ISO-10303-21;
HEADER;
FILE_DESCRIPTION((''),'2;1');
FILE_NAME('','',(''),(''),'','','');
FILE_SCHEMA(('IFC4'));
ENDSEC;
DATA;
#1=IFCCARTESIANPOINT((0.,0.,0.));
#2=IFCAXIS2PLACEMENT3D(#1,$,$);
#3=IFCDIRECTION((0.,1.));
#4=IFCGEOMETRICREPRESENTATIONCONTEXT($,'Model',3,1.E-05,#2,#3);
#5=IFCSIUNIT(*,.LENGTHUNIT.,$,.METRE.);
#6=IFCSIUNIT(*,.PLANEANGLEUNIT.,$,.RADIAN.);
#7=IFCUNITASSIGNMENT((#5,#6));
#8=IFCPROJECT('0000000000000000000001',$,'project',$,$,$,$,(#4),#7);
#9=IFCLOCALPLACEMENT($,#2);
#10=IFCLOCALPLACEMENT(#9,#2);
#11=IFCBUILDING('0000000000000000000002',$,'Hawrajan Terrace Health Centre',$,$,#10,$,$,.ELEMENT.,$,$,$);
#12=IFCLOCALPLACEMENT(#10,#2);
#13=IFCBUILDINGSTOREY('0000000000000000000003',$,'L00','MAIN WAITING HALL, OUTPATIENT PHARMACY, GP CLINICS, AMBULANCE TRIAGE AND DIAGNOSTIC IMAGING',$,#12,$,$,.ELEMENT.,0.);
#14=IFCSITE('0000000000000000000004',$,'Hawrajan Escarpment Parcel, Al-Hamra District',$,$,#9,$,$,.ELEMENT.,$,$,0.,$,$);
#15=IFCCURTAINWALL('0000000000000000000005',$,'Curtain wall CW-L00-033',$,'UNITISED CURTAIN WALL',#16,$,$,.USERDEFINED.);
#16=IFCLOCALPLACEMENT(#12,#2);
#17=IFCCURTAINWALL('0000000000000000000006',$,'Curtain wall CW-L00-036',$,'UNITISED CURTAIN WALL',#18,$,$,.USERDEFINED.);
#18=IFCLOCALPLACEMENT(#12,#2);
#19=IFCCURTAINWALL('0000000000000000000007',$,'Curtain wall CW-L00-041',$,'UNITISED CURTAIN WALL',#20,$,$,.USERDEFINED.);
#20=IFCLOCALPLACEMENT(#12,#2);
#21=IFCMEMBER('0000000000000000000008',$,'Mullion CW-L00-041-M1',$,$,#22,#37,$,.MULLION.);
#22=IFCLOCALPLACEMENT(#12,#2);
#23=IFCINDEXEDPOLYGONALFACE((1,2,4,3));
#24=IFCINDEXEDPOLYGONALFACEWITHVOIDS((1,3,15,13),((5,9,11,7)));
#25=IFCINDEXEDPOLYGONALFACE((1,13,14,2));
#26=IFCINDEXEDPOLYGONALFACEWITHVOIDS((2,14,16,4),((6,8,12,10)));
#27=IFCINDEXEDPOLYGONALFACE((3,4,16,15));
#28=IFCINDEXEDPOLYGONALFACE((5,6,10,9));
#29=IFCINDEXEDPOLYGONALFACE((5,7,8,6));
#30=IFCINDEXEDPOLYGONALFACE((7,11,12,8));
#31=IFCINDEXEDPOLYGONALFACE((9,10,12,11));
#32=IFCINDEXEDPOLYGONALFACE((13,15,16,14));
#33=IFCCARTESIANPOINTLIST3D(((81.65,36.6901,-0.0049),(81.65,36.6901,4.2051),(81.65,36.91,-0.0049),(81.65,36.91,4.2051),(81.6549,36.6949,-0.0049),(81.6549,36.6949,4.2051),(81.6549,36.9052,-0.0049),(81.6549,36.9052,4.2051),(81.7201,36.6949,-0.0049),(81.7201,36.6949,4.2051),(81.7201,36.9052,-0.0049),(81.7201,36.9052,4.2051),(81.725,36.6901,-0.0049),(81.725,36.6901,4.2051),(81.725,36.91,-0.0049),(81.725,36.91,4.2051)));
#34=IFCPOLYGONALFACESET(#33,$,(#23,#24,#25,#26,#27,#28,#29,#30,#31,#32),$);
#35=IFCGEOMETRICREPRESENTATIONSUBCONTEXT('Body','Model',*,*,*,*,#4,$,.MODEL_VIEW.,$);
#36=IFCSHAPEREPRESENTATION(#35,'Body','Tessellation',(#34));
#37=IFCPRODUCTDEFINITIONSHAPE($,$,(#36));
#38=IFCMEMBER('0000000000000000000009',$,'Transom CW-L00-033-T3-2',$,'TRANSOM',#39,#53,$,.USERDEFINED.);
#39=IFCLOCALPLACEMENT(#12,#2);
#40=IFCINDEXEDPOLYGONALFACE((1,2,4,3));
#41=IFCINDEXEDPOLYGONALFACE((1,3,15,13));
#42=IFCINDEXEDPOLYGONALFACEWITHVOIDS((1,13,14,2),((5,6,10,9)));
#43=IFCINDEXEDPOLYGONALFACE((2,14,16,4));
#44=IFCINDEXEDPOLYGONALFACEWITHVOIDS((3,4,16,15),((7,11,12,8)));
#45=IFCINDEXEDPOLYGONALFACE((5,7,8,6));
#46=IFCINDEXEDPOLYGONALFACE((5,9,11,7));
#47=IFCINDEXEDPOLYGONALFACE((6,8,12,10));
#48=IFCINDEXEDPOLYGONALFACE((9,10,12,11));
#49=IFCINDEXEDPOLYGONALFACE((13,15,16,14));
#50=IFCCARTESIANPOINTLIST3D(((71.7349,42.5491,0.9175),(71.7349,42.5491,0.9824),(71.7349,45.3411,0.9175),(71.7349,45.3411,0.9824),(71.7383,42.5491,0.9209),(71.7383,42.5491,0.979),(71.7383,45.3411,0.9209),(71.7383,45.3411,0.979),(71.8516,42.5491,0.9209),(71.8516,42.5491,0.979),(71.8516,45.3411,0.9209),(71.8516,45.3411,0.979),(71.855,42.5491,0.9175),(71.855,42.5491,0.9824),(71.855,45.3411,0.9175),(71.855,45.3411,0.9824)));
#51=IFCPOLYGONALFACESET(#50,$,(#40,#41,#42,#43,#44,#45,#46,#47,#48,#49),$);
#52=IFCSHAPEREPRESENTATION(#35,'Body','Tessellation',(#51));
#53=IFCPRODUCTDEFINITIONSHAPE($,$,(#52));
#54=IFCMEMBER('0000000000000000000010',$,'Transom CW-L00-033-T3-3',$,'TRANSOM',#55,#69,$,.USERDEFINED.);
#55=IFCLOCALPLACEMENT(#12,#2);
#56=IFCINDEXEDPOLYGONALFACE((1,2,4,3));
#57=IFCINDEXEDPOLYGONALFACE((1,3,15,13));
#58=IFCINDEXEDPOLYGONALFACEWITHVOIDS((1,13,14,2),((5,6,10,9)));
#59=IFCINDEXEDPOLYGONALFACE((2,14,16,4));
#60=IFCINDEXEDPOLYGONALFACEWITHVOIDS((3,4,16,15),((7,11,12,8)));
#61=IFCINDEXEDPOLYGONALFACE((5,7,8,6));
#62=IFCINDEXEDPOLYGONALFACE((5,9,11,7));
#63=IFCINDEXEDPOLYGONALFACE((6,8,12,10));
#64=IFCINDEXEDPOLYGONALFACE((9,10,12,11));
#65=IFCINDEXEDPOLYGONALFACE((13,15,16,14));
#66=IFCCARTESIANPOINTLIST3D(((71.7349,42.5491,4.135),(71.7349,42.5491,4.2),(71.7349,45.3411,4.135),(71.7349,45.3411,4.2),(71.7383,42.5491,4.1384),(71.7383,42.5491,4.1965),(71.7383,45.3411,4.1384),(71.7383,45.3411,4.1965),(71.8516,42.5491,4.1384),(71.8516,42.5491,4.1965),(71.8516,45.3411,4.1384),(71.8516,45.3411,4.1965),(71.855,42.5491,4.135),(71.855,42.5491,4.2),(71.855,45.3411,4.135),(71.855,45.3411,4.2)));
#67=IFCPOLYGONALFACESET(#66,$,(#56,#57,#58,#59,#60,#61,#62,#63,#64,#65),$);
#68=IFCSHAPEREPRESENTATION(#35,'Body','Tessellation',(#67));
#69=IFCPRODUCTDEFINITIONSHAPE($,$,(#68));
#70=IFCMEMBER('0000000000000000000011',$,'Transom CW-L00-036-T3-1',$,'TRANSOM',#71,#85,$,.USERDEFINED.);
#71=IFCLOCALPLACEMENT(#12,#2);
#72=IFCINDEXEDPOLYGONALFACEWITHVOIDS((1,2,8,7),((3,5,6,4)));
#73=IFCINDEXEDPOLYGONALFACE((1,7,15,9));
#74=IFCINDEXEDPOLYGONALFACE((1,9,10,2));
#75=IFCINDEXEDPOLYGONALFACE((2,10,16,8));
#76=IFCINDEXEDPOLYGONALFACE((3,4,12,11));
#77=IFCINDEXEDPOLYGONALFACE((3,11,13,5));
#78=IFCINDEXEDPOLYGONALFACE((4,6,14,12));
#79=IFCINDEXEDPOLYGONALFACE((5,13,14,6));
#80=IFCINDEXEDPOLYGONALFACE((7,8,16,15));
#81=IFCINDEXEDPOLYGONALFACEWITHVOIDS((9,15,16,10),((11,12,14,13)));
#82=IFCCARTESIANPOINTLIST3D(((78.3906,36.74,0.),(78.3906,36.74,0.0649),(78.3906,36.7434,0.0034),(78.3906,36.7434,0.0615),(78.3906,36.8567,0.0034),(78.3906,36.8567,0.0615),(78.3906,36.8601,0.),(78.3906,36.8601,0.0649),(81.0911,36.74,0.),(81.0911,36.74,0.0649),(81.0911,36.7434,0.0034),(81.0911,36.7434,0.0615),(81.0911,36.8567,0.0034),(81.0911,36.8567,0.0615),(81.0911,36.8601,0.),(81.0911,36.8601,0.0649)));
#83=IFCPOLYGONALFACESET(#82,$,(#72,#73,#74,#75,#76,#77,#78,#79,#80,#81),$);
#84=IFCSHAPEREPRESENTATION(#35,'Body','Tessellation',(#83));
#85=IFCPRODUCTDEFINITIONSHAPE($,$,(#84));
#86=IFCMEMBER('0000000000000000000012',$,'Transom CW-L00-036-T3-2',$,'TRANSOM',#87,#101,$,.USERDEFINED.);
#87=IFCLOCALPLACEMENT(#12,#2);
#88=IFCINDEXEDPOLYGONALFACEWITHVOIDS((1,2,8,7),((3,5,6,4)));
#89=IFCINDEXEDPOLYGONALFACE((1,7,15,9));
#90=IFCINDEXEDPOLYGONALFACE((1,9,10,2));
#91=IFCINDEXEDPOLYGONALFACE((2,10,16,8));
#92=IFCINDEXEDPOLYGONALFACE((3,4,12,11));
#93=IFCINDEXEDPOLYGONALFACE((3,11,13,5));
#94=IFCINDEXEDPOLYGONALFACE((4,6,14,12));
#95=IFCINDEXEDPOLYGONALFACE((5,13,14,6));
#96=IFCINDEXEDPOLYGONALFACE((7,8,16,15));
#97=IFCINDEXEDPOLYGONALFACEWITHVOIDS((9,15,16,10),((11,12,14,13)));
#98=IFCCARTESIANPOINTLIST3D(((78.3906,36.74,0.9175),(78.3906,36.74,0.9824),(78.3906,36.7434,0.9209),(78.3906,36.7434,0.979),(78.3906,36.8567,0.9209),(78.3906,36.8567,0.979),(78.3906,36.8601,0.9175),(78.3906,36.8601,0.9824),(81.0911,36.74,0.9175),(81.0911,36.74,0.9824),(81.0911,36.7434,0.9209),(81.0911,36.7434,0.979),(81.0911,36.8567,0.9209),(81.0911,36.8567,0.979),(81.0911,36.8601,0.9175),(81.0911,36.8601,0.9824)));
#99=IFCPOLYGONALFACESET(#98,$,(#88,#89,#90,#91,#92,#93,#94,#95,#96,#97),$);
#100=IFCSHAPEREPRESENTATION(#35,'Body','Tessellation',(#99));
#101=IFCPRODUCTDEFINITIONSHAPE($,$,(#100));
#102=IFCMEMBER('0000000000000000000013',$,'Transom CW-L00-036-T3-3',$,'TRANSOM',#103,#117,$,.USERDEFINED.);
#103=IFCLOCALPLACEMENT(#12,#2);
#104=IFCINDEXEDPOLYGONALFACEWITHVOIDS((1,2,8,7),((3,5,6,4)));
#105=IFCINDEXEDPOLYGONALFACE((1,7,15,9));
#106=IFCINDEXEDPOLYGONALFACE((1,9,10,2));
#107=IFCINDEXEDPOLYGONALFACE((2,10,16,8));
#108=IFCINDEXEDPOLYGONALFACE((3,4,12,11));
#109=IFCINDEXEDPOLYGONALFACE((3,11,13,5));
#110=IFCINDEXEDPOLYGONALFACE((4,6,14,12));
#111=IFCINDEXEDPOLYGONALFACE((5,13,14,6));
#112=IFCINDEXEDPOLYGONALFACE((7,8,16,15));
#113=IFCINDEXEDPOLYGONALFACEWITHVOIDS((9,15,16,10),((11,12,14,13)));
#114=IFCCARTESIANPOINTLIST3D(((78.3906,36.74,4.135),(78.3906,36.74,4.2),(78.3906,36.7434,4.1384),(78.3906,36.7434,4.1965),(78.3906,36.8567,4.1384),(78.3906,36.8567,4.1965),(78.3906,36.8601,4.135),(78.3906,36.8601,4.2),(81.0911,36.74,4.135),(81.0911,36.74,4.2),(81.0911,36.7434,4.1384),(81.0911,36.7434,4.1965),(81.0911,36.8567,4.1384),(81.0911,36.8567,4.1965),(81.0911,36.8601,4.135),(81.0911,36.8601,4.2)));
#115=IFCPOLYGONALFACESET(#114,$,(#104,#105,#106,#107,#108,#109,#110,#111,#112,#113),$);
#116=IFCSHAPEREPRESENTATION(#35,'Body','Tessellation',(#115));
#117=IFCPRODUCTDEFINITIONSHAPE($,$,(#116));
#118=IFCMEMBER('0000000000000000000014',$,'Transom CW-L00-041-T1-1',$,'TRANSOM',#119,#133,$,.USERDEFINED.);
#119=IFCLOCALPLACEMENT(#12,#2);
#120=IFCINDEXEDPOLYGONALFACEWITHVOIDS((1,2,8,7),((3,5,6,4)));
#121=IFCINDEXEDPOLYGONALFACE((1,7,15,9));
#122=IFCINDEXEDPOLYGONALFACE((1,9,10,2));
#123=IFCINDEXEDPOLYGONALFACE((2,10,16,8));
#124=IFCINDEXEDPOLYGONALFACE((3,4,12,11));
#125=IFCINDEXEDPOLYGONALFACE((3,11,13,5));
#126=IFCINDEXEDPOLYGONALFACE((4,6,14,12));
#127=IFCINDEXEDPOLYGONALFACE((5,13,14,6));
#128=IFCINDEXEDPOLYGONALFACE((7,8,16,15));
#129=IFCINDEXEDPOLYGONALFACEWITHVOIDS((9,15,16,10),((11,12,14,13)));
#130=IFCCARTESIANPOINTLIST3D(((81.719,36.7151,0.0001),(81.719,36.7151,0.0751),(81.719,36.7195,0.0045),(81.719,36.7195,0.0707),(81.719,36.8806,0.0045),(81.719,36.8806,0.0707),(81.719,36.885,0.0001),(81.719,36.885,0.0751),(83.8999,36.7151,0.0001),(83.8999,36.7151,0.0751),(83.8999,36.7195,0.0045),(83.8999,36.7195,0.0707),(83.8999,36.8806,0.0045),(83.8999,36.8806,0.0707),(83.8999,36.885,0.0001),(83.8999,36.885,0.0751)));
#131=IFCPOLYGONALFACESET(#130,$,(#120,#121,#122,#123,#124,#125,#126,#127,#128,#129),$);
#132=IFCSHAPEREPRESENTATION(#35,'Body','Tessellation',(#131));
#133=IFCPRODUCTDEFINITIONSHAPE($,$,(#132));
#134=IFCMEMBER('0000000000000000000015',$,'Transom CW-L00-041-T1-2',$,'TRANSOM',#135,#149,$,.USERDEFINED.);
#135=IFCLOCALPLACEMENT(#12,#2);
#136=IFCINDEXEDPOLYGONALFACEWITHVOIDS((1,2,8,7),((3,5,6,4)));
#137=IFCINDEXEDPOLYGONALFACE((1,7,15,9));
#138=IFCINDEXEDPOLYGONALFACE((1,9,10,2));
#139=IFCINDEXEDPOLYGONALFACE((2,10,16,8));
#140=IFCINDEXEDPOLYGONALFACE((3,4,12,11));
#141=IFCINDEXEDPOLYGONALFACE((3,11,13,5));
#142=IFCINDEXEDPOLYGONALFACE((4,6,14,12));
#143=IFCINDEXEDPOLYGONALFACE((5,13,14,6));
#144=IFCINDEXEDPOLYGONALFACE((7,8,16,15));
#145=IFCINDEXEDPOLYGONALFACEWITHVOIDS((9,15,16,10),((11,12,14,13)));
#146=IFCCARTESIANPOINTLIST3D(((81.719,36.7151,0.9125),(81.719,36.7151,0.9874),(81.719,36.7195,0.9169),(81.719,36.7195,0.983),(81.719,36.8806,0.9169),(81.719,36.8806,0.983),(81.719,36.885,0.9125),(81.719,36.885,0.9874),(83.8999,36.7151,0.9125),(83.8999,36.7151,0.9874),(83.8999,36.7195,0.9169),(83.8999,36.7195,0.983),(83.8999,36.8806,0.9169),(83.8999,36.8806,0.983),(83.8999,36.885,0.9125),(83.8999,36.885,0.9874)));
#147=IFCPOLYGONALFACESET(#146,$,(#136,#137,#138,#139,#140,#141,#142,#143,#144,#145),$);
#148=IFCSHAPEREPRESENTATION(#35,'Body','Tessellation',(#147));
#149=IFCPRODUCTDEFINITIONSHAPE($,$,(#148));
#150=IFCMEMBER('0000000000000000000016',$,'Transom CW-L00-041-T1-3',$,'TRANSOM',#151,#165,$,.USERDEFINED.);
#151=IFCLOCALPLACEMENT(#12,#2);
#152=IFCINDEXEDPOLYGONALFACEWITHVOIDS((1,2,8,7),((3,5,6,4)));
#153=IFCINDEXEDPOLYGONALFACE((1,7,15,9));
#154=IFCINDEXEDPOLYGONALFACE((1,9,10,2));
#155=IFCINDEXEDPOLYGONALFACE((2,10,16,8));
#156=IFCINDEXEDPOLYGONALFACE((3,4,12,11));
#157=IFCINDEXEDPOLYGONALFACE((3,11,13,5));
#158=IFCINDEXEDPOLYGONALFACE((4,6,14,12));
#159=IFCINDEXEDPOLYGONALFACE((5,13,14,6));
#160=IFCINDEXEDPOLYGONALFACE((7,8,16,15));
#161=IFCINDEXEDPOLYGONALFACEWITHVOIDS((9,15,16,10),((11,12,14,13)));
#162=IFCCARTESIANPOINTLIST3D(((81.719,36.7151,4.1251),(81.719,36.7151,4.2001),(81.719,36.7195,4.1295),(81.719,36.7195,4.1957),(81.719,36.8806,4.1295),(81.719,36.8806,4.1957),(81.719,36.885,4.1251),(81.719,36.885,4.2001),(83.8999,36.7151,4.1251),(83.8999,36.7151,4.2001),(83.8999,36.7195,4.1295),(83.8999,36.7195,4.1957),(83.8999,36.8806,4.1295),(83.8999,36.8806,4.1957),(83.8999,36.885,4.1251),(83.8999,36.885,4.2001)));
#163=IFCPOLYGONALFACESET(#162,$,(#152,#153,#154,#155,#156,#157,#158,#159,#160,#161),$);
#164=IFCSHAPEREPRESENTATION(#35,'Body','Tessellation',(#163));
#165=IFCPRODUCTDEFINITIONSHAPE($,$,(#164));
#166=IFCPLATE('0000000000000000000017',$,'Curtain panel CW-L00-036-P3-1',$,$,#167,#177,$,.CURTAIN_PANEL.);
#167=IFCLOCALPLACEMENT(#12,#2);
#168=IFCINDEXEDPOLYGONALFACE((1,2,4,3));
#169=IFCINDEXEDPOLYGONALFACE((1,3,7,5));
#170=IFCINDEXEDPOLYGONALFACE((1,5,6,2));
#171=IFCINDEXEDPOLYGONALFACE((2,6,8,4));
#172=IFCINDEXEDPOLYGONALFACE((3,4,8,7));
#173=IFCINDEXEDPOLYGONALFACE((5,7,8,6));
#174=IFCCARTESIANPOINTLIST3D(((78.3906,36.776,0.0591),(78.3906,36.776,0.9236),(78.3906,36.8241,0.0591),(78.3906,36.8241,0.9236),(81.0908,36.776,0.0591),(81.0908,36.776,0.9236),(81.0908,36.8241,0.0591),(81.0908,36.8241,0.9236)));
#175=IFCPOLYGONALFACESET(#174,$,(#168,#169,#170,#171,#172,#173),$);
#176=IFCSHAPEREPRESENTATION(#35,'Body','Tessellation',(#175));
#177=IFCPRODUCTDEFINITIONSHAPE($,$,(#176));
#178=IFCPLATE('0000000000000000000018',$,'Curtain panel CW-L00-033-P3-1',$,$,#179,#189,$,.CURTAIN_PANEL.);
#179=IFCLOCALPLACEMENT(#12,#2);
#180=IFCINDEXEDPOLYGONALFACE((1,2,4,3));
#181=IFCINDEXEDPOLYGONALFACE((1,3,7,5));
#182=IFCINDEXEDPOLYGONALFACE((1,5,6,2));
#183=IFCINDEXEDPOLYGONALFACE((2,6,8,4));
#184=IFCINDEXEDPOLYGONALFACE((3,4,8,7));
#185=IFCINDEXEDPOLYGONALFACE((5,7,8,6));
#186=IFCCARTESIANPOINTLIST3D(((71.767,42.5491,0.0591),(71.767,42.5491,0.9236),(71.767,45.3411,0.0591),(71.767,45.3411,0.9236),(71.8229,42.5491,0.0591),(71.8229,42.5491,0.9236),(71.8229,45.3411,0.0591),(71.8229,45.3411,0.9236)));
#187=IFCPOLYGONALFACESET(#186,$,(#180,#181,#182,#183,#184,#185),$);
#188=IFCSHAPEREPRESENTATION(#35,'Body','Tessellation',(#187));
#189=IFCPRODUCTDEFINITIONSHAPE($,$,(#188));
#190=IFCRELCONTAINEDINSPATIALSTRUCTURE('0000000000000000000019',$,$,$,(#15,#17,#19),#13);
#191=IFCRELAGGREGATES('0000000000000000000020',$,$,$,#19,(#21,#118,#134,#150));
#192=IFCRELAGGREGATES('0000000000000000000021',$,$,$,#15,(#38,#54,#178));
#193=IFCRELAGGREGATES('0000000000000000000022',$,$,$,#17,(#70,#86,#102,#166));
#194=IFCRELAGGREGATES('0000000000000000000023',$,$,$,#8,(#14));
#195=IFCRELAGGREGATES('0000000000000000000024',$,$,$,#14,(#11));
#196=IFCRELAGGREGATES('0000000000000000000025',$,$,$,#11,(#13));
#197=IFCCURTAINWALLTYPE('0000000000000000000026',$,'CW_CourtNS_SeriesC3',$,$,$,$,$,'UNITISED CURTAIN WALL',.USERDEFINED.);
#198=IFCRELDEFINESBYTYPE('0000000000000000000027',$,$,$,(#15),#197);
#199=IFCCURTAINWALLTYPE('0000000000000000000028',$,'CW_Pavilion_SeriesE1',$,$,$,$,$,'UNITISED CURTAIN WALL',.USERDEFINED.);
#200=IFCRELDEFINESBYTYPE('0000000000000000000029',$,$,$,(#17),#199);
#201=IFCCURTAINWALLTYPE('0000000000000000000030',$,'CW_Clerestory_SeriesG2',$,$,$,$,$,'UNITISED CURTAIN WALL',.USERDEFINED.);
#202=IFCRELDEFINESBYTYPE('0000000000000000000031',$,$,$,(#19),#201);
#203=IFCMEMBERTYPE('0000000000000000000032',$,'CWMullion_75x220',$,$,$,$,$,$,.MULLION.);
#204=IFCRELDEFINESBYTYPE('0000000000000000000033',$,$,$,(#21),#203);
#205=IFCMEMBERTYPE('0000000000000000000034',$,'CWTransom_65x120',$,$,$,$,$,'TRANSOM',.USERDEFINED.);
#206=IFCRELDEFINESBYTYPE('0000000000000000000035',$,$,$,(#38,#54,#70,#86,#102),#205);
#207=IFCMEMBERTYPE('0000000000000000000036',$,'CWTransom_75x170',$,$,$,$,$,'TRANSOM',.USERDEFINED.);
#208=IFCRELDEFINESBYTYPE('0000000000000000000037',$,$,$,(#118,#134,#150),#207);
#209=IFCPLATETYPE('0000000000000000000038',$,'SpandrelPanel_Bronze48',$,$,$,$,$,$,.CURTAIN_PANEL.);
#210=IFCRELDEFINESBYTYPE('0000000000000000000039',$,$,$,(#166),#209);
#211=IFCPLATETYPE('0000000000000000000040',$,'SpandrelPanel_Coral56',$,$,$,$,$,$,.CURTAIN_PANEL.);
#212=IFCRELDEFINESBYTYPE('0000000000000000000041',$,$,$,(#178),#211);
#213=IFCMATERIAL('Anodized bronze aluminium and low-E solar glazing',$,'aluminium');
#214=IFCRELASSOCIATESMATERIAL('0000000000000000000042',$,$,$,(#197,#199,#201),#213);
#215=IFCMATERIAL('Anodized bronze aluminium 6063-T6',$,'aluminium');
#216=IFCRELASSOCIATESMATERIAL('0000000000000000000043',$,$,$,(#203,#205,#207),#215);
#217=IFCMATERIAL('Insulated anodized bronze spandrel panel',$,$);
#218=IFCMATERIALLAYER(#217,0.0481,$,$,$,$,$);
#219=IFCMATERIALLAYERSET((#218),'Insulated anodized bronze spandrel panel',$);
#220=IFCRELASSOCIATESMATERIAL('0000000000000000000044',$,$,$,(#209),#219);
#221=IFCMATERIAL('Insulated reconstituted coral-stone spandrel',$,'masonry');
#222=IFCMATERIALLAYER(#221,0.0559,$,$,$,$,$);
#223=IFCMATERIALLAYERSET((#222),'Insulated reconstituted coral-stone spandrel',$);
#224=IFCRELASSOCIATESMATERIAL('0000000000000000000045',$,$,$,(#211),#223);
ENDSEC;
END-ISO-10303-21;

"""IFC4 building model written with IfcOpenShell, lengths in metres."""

from ifc_helpers import new_model, si_unit, direction, frame, origin, origin_2d, place, context, subcontext, project, spatial, rectangle, hollow_rectangle, extrude, material, layer, layer_set, material_profile, profile_set, type_object, element, aggregate, save


model = new_model("IFC4")

# Units and contexts
model_context = context("Model", 3, precision=1e-05, world=origin(), true_north=direction((0.0, 1.0)))
body_context = subcontext(model_context, "Body", "Model", "MODEL_VIEW")
ifc_project = project(units=[si_unit("LENGTHUNIT", "METRE"), si_unit("PLANEANGLEUNIT", "RADIAN")], contexts=[model_context])

# Site, building, storey
site_placement = place(None, origin())
site = spatial("IfcSite", under=ifc_project, at=site_placement, Name="Hawrajan Escarpment Parcel, Al-Hamra District", CompositionType="ELEMENT", RefElevation=0.0)
building_placement = place(site_placement, origin())
building = spatial("IfcBuilding", under=site, at=building_placement, Name="Hawrajan Terrace Health Centre", CompositionType="ELEMENT")
storey_placement = place(building_placement, origin())
storey = spatial("IfcBuildingStorey", under=building, at=storey_placement, Name="L00", Description="MAIN WAITING HALL, OUTPATIENT PHARMACY, GP CLINICS, AMBULANCE TRIAGE AND DIAGNOSTIC IMAGING", CompositionType="ELEMENT", Elevation=0.0)

# Curtain wall
ifc_material_1 = material(Name="Anodized bronze aluminium and low-E solar glazing", Category="aluminium")
curtain_wall_type_1 = type_object("IfcCurtainWallType", Name="CW_CourtNS_SeriesC3", ElementType="UNITISED CURTAIN WALL", PredefinedType="USERDEFINED", material=ifc_material_1)
curtain_wall_1_placement = place(storey_placement, origin())
curtain_wall_1 = element("IfcCurtainWall", 1, at=curtain_wall_1_placement, inside=storey, type_object=curtain_wall_type_1, Name="Curtain wall CW-L00-033", ObjectType="UNITISED CURTAIN WALL", PredefinedType="USERDEFINED")
ifc_material_2 = material(Name="Anodized bronze aluminium 6063-T6", Category="aluminium")

# Curtain wall
curtain_wall_type_2 = type_object("IfcCurtainWallType", Name="CW_Pavilion_SeriesE1", ElementType="UNITISED CURTAIN WALL", PredefinedType="USERDEFINED", material=ifc_material_1)
curtain_wall_2_placement = place(storey_placement, origin())
curtain_wall_2 = element("IfcCurtainWall", 2, at=curtain_wall_2_placement, inside=storey, type_object=curtain_wall_type_2, Name="Curtain wall CW-L00-036", ObjectType="UNITISED CURTAIN WALL", PredefinedType="USERDEFINED")

# Curtain wall, member
curtain_wall_type_3 = type_object("IfcCurtainWallType", Name="CW_Clerestory_SeriesG2", ElementType="UNITISED CURTAIN WALL", PredefinedType="USERDEFINED", material=ifc_material_1)
curtain_wall_3_placement = place(storey_placement, origin())
curtain_wall_3 = element("IfcCurtainWall", 3, at=curtain_wall_3_placement, inside=storey, type_object=curtain_wall_type_3, Name="Curtain wall CW-L00-041", ObjectType="UNITISED CURTAIN WALL", PredefinedType="USERDEFINED")
ifc_material_profile_1 = material_profile(ifc_material_2, hollow_rectangle(XDim=0.075, YDim=0.22, WallThickness=0.0049, at=origin_2d()), Name="CW MUL 75x220")
ifc_profile_set_1 = profile_set([ifc_material_profile_1], Name="Anodized bronze aluminium 6063-T6")
member_type_1 = type_object("IfcMemberType", Name="CWMullion_75x220", PredefinedType="MULLION", material=ifc_profile_set_1)
member_1_placement = place(storey_placement, frame((81.6875, 36.8, -0.0049), z_axis=(0.0, 0.0, 1.0), x_axis=(1.0, 0.0, 0.0)))
member_1 = element("IfcMember", 4, at=member_1_placement, type_object=member_type_1, Name="Mullion CW-L00-041-M1", PredefinedType="MULLION", context=body_context, shape_type="SweptSolid", body=[
    extrude(hollow_rectangle(XDim=0.075, YDim=0.22, WallThickness=0.0049, at=origin_2d()), origin(), (0.0, 0.0, 1.0), 4.21),
])

# Members
ifc_material_profile_2 = material_profile(ifc_material_2, hollow_rectangle(XDim=0.0649, YDim=0.1201, WallThickness=0.0034, at=origin_2d()), Name="CW TRN 65x120")
ifc_profile_set_2 = profile_set([ifc_material_profile_2], Name="Anodized bronze aluminium 6063-T6")
member_type_2 = type_object("IfcMemberType", Name="CWTransom_65x120", ElementType="TRANSOM", PredefinedType="USERDEFINED", material=ifc_profile_set_2)
member_2_placement = place(storey_placement, frame((71.7949, 42.5491, 0.95), z_axis=(0.0, 1.0, 0.0), x_axis=(0.0, 0.0, 1.0)))
member_2 = element("IfcMember", 5, at=member_2_placement, type_object=member_type_2, Name="Transom CW-L00-033-T3-2", ObjectType="TRANSOM", PredefinedType="USERDEFINED", context=body_context, shape_type="SweptSolid", body=[
    extrude(hollow_rectangle(XDim=0.0649, YDim=0.1201, WallThickness=0.0034, at=origin_2d()), origin(), (0.0, 0.0, 1.0), 2.792),
])
member_3_placement = place(storey_placement, frame((71.7949, 42.5491, 4.1675), z_axis=(0.0, 1.0, 0.0), x_axis=(0.0, 0.0, 1.0)))
member_3 = element("IfcMember", 6, at=member_3_placement, type_object=member_type_2, Name="Transom CW-L00-033-T3-3", ObjectType="TRANSOM", PredefinedType="USERDEFINED", context=body_context, shape_type="SweptSolid", body=[
    extrude(hollow_rectangle(XDim=0.0649, YDim=0.1201, WallThickness=0.0034, at=origin_2d()), origin(), (0.0, 0.0, 1.0), 2.792),
])
member_4_placement = place(storey_placement, frame((78.3906, 36.8, 0.0325), z_axis=(1.0, 0.0, 0.0), x_axis=(0.0, 0.0, 1.0)))
member_4 = element("IfcMember", 7, at=member_4_placement, type_object=member_type_2, Name="Transom CW-L00-036-T3-1", ObjectType="TRANSOM", PredefinedType="USERDEFINED", context=body_context, shape_type="SweptSolid", body=[
    extrude(hollow_rectangle(XDim=0.0649, YDim=0.1201, WallThickness=0.0034, at=origin_2d()), origin(), (0.0, 0.0, 1.0), 2.7004),
])
member_5_placement = place(storey_placement, frame((78.3906, 36.8, 0.95), z_axis=(1.0, 0.0, 0.0), x_axis=(0.0, 0.0, 1.0)))
member_5 = element("IfcMember", 8, at=member_5_placement, type_object=member_type_2, Name="Transom CW-L00-036-T3-2", ObjectType="TRANSOM", PredefinedType="USERDEFINED", context=body_context, shape_type="SweptSolid", body=[
    extrude(hollow_rectangle(XDim=0.0649, YDim=0.1201, WallThickness=0.0034, at=origin_2d()), origin(), (0.0, 0.0, 1.0), 2.7004),
])
member_6_placement = place(storey_placement, frame((78.3906, 36.8, 4.1675), z_axis=(1.0, 0.0, 0.0), x_axis=(0.0, 0.0, 1.0)))
member_6 = element("IfcMember", 9, at=member_6_placement, type_object=member_type_2, Name="Transom CW-L00-036-T3-3", ObjectType="TRANSOM", PredefinedType="USERDEFINED", context=body_context, shape_type="SweptSolid", body=[
    extrude(hollow_rectangle(XDim=0.0649, YDim=0.1201, WallThickness=0.0034, at=origin_2d()), origin(), (0.0, 0.0, 1.0), 2.7004),
])
ifc_material_profile_3 = material_profile(ifc_material_2, hollow_rectangle(XDim=0.075, YDim=0.1699, WallThickness=0.0044, at=origin_2d()), Name="CW TRN 75x170")
ifc_profile_set_3 = profile_set([ifc_material_profile_3], Name="Anodized bronze aluminium 6063-T6")
member_type_3 = type_object("IfcMemberType", Name="CWTransom_75x170", ElementType="TRANSOM", PredefinedType="USERDEFINED", material=ifc_profile_set_3)
member_7_placement = place(storey_placement, frame((81.719, 36.8, 0.0376), z_axis=(1.0, 0.0, 0.0), x_axis=(0.0, 0.0, 1.0)))
member_7 = element("IfcMember", 10, at=member_7_placement, type_object=member_type_3, Name="Transom CW-L00-041-T1-1", ObjectType="TRANSOM", PredefinedType="USERDEFINED", context=body_context, shape_type="SweptSolid", body=[
    extrude(hollow_rectangle(XDim=0.075, YDim=0.1699, WallThickness=0.0044, at=origin_2d()), origin(), (0.0, 0.0, 1.0), 2.1809),
])
member_8_placement = place(storey_placement, frame((81.719, 36.8, 0.95), z_axis=(1.0, 0.0, 0.0), x_axis=(0.0, 0.0, 1.0)))
member_8 = element("IfcMember", 11, at=member_8_placement, type_object=member_type_3, Name="Transom CW-L00-041-T1-2", ObjectType="TRANSOM", PredefinedType="USERDEFINED", context=body_context, shape_type="SweptSolid", body=[
    extrude(hollow_rectangle(XDim=0.075, YDim=0.1699, WallThickness=0.0044, at=origin_2d()), origin(), (0.0, 0.0, 1.0), 2.1809),
])
member_9_placement = place(storey_placement, frame((81.719, 36.8, 4.1626), z_axis=(1.0, 0.0, 0.0), x_axis=(0.0, 0.0, 1.0)))
member_9 = element("IfcMember", 12, at=member_9_placement, type_object=member_type_3, Name="Transom CW-L00-041-T1-3", ObjectType="TRANSOM", PredefinedType="USERDEFINED", context=body_context, shape_type="SweptSolid", body=[
    extrude(hollow_rectangle(XDim=0.075, YDim=0.1699, WallThickness=0.0044, at=origin_2d()), origin(), (0.0, 0.0, 1.0), 2.1809),
])
aggregate(curtain_wall_3, [member_1, member_7, member_8, member_9])

# Plates
ifc_material_3 = material(Name="Insulated anodized bronze spandrel panel")
ifc_layer_1 = layer(ifc_material_3, 0.0481)
ifc_layer_set_1 = layer_set([ifc_layer_1], Name="Insulated anodized bronze spandrel panel")
plate_type_1 = type_object("IfcPlateType", Name="SpandrelPanel_Bronze48", PredefinedType="CURTAIN_PANEL", material=ifc_layer_set_1)
plate_1_placement = place(storey_placement, frame((79.7407, 36.8, 0.0591), z_axis=(0.0, 0.0, 1.0), x_axis=(1.0, 0.0, 0.0)))
plate_1 = element("IfcPlate", 13, at=plate_1_placement, type_object=plate_type_1, Name="Curtain panel CW-L00-036-P3-1", PredefinedType="CURTAIN_PANEL", context=body_context, shape_type="SweptSolid", body=[
    extrude(rectangle(XDim=2.7002, YDim=0.0481, at=origin_2d()), origin(), (0.0, 0.0, 1.0), 0.8645),
])
ifc_material_4 = material(Name="Insulated reconstituted coral-stone spandrel", Category="masonry")
ifc_layer_2 = layer(ifc_material_4, 0.0559)
ifc_layer_set_2 = layer_set([ifc_layer_2], Name="Insulated reconstituted coral-stone spandrel")
plate_type_2 = type_object("IfcPlateType", Name="SpandrelPanel_Coral56", PredefinedType="CURTAIN_PANEL", material=ifc_layer_set_2)
plate_2_placement = place(storey_placement, frame((71.7949, 43.9451, 0.0591), z_axis=(0.0, 0.0, 1.0), x_axis=(0.0, 1.0, 0.0)))
plate_2 = element("IfcPlate", 14, at=plate_2_placement, type_object=plate_type_2, Name="Curtain panel CW-L00-033-P3-1", PredefinedType="CURTAIN_PANEL", context=body_context, shape_type="SweptSolid", body=[
    extrude(rectangle(XDim=2.792, YDim=0.0559, at=origin_2d()), origin(), (0.0, 0.0, 1.0), 0.8645),
])
aggregate(curtain_wall_1, [member_2, member_3, plate_2])
aggregate(curtain_wall_2, [member_4, member_5, member_6, plate_1])

save(model, "model.ifc")
